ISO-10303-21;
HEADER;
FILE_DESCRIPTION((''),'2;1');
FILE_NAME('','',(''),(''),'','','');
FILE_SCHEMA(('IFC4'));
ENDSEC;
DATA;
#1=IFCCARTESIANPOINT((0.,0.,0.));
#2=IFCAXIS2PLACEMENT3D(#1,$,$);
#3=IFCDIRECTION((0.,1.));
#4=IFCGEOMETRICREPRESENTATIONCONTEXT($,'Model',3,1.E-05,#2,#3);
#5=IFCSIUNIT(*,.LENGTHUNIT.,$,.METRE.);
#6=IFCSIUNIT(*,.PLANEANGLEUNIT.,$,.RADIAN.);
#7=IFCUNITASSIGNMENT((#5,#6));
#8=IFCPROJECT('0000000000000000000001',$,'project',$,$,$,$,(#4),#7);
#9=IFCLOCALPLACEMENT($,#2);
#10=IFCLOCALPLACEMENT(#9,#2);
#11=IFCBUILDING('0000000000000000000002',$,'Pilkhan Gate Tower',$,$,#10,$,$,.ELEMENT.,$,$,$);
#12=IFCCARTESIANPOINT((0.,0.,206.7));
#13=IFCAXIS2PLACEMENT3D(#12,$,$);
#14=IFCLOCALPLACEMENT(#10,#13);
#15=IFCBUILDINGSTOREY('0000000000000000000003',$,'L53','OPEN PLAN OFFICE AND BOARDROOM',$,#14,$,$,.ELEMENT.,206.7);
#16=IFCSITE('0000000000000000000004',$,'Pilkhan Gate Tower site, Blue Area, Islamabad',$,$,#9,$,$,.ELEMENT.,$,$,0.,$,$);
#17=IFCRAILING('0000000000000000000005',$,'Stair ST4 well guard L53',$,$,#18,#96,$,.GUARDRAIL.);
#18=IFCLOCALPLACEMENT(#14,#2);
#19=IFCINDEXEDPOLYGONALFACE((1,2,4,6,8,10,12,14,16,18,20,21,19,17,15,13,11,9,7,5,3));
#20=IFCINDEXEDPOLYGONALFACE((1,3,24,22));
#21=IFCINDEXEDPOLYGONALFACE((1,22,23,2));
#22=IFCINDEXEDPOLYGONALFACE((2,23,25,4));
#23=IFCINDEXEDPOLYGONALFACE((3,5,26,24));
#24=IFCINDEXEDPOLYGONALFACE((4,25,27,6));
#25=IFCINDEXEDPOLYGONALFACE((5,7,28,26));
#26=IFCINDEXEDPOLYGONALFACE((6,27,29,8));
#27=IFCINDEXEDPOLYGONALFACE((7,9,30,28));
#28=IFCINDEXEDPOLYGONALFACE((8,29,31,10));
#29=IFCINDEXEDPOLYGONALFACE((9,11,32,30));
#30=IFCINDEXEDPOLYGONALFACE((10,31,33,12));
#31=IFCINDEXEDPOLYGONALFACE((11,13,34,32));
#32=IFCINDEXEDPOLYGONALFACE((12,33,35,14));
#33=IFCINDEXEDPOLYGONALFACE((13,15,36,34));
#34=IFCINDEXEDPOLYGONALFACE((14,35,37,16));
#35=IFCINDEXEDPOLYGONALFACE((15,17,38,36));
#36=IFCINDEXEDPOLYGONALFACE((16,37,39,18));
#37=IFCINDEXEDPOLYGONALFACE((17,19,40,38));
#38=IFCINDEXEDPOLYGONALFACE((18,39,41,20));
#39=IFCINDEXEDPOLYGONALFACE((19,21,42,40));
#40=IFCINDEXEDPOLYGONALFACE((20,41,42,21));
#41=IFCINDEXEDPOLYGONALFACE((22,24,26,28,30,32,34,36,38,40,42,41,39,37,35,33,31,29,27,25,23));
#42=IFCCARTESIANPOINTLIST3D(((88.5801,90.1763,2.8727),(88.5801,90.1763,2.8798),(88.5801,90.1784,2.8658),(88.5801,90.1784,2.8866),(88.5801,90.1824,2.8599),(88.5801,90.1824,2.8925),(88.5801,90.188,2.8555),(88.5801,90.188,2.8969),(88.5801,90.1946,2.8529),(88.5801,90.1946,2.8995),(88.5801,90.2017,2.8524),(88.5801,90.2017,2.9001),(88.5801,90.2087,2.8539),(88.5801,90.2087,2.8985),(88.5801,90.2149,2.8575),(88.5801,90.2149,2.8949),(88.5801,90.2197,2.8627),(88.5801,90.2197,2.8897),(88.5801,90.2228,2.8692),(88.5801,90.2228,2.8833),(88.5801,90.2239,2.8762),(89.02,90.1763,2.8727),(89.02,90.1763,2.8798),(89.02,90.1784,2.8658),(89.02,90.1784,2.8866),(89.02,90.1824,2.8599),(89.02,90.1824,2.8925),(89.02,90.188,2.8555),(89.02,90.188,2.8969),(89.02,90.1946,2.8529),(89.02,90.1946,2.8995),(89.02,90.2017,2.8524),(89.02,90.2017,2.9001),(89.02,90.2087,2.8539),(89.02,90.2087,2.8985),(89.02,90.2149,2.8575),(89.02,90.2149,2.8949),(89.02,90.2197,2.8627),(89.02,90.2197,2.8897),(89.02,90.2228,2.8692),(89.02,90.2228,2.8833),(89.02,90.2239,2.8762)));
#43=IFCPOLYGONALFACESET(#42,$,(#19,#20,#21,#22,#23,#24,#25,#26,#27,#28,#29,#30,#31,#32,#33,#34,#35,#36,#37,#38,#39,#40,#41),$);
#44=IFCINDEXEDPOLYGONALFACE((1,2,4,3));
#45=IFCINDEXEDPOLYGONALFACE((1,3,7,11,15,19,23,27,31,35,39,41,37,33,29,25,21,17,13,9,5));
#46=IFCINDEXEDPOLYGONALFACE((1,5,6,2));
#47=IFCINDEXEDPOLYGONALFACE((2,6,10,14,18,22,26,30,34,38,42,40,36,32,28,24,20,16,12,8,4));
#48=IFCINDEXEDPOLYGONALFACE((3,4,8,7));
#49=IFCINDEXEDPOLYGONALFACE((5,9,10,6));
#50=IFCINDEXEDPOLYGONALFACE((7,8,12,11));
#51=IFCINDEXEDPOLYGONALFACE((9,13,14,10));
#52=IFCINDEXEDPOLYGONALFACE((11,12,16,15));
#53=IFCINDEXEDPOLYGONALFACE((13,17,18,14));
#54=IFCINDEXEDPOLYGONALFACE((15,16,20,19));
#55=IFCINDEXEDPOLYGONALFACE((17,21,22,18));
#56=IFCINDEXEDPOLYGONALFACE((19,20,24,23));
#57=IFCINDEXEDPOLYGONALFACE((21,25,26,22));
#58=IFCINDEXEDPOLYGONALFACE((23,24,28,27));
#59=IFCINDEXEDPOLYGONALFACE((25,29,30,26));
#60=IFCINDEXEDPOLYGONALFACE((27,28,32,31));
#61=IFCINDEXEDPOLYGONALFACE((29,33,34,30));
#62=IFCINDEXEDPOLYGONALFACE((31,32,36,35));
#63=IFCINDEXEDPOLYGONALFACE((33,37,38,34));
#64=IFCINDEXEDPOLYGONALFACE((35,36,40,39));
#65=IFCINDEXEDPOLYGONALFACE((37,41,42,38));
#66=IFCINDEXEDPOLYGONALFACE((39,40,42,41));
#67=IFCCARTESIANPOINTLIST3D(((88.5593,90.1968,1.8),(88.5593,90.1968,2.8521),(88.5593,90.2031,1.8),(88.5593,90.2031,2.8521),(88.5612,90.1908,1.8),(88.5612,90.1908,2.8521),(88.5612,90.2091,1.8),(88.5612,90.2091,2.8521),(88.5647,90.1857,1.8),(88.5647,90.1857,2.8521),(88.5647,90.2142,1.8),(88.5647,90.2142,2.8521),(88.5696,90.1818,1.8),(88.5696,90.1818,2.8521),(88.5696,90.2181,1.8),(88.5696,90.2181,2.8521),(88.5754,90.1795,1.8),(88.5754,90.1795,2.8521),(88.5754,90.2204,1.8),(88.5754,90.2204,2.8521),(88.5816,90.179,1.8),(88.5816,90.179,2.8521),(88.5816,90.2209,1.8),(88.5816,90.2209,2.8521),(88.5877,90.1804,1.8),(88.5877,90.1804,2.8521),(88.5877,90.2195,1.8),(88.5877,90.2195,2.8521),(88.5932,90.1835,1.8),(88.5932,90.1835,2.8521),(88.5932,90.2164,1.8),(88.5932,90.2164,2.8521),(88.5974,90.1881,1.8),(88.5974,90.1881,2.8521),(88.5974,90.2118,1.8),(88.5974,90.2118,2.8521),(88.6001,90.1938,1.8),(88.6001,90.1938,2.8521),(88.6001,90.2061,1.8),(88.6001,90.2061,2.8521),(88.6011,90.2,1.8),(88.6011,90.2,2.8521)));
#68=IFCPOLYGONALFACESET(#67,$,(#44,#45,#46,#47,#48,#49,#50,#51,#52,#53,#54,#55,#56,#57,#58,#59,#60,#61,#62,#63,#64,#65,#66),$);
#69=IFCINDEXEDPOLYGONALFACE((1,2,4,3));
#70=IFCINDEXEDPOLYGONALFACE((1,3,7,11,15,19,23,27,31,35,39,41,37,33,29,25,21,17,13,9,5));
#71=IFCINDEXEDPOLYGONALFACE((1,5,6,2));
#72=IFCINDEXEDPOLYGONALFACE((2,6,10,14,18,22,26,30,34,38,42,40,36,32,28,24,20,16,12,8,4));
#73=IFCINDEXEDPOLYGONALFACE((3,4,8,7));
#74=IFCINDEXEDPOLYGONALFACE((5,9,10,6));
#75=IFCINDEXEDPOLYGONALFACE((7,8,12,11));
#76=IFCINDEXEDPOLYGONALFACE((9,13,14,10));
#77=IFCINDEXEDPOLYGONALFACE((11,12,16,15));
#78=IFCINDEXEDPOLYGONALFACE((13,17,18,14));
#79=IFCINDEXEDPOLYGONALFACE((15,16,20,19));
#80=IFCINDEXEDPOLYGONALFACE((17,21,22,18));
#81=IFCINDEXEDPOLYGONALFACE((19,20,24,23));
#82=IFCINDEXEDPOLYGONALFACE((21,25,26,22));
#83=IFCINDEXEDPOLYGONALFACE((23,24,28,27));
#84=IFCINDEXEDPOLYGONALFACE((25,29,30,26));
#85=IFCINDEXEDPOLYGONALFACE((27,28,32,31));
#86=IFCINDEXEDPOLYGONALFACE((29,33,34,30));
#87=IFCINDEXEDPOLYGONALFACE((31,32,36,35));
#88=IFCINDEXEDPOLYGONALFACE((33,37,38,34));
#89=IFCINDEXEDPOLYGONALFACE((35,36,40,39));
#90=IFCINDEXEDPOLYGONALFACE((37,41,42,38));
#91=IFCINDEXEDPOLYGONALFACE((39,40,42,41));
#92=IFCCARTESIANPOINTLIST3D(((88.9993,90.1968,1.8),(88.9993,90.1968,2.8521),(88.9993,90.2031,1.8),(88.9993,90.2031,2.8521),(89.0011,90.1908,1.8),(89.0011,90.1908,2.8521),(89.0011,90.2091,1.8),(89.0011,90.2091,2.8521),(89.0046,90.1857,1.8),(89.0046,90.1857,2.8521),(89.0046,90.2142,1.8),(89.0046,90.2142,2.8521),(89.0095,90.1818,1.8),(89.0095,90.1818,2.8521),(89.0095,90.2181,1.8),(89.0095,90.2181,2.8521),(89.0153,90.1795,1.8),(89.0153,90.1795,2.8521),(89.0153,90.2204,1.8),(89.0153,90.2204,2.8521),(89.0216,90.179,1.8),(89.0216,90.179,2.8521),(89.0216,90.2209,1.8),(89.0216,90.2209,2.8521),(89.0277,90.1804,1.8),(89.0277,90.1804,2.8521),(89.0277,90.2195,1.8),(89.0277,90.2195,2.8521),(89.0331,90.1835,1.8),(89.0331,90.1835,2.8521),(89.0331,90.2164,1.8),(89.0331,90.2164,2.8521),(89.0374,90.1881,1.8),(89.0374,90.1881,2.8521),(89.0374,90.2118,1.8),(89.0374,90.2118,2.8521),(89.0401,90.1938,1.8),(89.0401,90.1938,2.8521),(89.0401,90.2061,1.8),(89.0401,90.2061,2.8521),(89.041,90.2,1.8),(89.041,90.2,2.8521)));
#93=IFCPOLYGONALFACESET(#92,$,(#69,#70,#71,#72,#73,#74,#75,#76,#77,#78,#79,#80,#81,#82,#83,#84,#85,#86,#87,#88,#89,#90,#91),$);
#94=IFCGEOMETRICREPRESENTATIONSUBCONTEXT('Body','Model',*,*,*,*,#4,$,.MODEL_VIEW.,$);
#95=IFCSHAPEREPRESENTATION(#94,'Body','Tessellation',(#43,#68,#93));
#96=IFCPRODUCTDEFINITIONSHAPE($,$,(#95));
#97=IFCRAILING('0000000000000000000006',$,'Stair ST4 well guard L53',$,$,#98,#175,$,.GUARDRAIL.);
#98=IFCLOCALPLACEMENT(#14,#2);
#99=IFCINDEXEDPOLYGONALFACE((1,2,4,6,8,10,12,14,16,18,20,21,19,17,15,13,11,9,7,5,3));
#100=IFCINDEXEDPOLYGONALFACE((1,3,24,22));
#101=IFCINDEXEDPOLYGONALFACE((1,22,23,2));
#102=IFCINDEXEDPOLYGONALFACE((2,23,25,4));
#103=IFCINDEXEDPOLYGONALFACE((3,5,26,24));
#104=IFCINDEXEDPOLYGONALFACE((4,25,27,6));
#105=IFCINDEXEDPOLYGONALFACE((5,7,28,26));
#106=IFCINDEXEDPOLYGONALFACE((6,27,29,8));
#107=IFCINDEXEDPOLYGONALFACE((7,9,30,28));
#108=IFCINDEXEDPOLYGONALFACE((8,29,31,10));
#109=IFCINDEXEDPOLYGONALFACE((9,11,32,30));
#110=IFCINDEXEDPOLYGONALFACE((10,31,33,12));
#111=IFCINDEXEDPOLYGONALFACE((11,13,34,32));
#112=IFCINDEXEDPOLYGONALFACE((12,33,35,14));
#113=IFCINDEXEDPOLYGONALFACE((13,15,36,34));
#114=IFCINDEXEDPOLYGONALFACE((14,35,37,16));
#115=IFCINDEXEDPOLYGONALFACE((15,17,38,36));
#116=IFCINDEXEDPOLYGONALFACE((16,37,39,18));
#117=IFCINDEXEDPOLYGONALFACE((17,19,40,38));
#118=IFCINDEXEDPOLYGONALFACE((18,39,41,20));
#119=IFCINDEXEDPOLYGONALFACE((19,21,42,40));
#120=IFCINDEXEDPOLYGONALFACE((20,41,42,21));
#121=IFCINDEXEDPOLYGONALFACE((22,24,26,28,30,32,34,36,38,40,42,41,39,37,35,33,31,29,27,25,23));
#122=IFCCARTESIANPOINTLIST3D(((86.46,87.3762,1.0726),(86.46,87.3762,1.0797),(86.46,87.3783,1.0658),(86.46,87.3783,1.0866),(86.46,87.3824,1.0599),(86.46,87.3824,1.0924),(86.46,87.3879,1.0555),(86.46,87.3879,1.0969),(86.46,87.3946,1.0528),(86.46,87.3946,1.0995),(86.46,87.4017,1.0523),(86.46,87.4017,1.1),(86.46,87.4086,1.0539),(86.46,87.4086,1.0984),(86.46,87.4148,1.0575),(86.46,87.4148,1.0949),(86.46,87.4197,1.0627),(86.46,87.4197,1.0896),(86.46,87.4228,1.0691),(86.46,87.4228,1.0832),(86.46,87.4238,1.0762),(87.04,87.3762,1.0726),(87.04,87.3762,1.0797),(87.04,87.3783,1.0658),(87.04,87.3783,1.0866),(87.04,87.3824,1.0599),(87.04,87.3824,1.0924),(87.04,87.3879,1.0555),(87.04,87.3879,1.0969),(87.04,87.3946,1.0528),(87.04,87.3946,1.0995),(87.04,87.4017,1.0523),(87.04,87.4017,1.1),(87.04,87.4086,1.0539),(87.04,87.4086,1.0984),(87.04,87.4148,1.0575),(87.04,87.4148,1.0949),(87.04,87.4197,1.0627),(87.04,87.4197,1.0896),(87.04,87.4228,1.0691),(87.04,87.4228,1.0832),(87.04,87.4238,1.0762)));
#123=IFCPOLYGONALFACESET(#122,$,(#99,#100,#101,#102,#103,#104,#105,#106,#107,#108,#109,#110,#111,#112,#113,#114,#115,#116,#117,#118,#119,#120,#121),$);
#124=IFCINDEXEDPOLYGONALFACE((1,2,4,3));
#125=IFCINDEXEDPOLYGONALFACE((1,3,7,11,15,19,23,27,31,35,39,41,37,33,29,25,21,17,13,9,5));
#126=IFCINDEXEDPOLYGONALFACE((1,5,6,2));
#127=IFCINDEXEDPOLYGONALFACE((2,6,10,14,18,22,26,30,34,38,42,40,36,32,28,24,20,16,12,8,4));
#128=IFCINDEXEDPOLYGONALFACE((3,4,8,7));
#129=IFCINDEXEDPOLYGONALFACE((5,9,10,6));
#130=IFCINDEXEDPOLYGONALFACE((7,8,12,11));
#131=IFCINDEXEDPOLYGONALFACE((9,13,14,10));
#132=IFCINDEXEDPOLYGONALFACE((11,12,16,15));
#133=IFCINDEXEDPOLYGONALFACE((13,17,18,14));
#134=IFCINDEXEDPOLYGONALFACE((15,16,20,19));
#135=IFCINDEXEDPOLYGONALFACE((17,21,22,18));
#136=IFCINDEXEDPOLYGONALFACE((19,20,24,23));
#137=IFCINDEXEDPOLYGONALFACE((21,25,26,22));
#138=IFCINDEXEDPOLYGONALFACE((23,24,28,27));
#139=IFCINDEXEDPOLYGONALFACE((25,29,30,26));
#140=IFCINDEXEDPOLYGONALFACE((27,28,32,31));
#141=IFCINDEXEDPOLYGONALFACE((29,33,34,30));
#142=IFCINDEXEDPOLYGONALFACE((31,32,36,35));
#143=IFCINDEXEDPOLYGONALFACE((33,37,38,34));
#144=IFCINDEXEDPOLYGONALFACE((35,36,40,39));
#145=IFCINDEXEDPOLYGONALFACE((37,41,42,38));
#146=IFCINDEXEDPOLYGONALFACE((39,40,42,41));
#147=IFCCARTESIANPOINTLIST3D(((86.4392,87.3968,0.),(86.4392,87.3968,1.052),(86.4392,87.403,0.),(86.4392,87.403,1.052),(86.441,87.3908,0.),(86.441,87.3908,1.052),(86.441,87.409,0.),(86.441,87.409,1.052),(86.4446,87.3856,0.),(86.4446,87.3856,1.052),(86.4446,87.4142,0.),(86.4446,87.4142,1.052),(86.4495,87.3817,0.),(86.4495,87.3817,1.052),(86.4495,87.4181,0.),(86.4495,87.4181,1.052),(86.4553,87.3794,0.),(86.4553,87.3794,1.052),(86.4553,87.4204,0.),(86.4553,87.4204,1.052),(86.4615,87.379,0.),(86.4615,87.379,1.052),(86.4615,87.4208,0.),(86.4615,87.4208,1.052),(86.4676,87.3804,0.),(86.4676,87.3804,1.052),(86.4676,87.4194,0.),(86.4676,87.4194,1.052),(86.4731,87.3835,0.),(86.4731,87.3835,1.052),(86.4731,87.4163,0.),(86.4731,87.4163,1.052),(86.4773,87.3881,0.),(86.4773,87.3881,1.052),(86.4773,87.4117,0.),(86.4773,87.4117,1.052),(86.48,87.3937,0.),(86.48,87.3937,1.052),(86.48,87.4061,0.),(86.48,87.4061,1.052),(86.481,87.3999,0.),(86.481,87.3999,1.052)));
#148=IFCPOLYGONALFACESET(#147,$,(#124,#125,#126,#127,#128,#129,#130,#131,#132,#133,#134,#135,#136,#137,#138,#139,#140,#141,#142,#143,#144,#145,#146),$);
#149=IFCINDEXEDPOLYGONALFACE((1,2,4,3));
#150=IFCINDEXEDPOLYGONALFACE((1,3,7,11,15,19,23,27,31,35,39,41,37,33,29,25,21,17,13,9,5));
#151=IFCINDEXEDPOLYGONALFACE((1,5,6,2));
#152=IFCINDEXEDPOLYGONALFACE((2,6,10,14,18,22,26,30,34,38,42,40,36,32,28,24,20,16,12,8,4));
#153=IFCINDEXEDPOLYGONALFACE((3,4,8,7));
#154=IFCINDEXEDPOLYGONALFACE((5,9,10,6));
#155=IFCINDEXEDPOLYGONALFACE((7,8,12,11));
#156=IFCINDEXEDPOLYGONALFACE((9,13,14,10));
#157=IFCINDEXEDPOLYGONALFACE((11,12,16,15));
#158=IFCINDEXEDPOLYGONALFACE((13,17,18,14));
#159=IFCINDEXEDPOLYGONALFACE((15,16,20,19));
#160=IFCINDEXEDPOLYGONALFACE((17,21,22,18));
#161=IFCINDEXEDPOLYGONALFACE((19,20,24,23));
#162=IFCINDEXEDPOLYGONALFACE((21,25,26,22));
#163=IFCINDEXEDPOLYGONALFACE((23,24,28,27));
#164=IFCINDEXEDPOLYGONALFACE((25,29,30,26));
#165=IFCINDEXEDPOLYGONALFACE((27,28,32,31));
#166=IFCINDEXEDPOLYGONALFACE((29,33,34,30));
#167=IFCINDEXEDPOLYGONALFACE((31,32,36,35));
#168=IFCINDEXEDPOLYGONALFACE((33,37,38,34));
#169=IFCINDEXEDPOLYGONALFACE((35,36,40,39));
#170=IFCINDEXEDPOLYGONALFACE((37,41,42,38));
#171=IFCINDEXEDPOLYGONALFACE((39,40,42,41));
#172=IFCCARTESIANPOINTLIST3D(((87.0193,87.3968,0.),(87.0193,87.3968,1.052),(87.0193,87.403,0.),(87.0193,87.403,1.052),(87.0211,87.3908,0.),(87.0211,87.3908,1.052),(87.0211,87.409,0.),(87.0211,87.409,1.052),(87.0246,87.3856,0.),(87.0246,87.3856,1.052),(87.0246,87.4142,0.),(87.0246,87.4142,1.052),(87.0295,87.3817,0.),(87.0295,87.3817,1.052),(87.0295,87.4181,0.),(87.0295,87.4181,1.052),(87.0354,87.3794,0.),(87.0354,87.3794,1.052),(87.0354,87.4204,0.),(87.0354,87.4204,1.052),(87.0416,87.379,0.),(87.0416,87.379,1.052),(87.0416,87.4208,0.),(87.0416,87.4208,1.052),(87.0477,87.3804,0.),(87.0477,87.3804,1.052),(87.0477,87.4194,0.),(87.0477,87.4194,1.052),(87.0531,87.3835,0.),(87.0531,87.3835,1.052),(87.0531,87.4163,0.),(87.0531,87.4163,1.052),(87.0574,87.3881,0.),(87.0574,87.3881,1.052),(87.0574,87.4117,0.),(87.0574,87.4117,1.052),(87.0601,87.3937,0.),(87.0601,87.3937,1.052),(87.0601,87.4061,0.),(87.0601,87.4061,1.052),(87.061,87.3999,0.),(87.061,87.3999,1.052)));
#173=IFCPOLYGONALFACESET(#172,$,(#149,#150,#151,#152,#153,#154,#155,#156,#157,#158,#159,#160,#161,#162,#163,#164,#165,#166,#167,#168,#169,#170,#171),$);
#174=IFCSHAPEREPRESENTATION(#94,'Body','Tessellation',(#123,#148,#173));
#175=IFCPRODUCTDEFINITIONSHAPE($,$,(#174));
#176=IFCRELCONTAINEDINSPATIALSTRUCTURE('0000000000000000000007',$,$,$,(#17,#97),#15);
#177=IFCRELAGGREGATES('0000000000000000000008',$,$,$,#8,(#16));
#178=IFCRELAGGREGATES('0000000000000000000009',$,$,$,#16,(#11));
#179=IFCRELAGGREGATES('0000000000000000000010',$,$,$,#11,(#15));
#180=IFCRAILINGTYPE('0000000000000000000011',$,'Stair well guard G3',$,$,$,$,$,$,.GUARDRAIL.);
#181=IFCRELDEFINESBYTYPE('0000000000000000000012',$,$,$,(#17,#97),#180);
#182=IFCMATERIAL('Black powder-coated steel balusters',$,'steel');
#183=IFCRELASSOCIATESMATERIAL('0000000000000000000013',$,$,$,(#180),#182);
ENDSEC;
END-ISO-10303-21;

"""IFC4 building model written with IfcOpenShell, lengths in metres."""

from ifc_helpers import new_model, si_unit, direction, frame, origin, origin_2d, place, context, subcontext, project, spatial, circle, extrude, material, type_object, element, save


model = new_model("IFC4")

# Units and contexts
model_context = context("Model", 3, precision=1e-05, world=origin(), true_north=direction((0.0, 1.0)))
body_context = subcontext(model_context, "Body", "Model", "MODEL_VIEW")
ifc_project = project(units=[si_unit("LENGTHUNIT", "METRE"), si_unit("PLANEANGLEUNIT", "RADIAN")], contexts=[model_context])

# Site, building, storey
site_placement = place(None, origin())
site = spatial("IfcSite", under=ifc_project, at=site_placement, Name="Pilkhan Gate Tower site, Blue Area, Islamabad", CompositionType="ELEMENT", RefElevation=0.0)
building_placement = place(site_placement, origin())
building = spatial("IfcBuilding", under=site, at=building_placement, Name="Pilkhan Gate Tower", CompositionType="ELEMENT")
storey_placement = place(building_placement, frame((0.0, 0.0, 206.7)))
storey = spatial("IfcBuildingStorey", under=building, at=storey_placement, Name="L53", Description="OPEN PLAN OFFICE AND BOARDROOM", CompositionType="ELEMENT", Elevation=206.7)

# Railings
ifc_material_1 = material(Name="Black powder-coated steel balusters", Category="steel")
railing_type_1 = type_object("IfcRailingType", Name="Stair well guard G3", PredefinedType="GUARDRAIL", material=ifc_material_1)
railing_1_placement = place(storey_placement, frame((88.5801, 90.2, 1.8)))
element("IfcRailing", 1, at=railing_1_placement, inside=storey, type_object=railing_type_1, Name="Stair ST4 well guard L53", PredefinedType="GUARDRAIL", context=body_context, shape_type="SweptSolid", body=[
    extrude(circle(Radius=0.0239, at=origin_2d()), frame((0.0, 0.0, 1.0762), z_axis=(1.0, 0.0, 0.0), x_axis=(0.0, 1.0, 0.0)), (0.0, 0.0, 1.0), 0.4399),
    extrude(circle(Radius=0.021, at=origin_2d()), origin(), (0.0, 0.0, 1.0), 1.052),
    extrude(circle(Radius=0.021, at=origin_2d()), frame((0.4399, 0.0, 0.0)), (0.0, 0.0, 1.0), 1.052),
])
for number, where, name in (
    (2, (86.46, 87.3999, 0.0), "Stair ST4 well guard L53"),
):
    element("IfcRailing", number, at=place(storey_placement, frame(where)), inside=storey, type_object=railing_type_1, Name=name, PredefinedType="GUARDRAIL", context=body_context, shape_type="SweptSolid", body=[
        extrude(circle(Radius=0.0239, at=origin_2d()), frame((0.0, 0.0, 1.0762), z_axis=(1.0, 0.0, 0.0), x_axis=(0.0, 1.0, 0.0)), (0.0, 0.0, 1.0), 0.5801),
        extrude(circle(Radius=0.021, at=origin_2d()), origin(), (0.0, 0.0, 1.0), 1.052),
        extrude(circle(Radius=0.021, at=origin_2d()), frame((0.5801, 0.0, 0.0)), (0.0, 0.0, 1.0), 1.052),
    ])

save(model, "model.ifc")
